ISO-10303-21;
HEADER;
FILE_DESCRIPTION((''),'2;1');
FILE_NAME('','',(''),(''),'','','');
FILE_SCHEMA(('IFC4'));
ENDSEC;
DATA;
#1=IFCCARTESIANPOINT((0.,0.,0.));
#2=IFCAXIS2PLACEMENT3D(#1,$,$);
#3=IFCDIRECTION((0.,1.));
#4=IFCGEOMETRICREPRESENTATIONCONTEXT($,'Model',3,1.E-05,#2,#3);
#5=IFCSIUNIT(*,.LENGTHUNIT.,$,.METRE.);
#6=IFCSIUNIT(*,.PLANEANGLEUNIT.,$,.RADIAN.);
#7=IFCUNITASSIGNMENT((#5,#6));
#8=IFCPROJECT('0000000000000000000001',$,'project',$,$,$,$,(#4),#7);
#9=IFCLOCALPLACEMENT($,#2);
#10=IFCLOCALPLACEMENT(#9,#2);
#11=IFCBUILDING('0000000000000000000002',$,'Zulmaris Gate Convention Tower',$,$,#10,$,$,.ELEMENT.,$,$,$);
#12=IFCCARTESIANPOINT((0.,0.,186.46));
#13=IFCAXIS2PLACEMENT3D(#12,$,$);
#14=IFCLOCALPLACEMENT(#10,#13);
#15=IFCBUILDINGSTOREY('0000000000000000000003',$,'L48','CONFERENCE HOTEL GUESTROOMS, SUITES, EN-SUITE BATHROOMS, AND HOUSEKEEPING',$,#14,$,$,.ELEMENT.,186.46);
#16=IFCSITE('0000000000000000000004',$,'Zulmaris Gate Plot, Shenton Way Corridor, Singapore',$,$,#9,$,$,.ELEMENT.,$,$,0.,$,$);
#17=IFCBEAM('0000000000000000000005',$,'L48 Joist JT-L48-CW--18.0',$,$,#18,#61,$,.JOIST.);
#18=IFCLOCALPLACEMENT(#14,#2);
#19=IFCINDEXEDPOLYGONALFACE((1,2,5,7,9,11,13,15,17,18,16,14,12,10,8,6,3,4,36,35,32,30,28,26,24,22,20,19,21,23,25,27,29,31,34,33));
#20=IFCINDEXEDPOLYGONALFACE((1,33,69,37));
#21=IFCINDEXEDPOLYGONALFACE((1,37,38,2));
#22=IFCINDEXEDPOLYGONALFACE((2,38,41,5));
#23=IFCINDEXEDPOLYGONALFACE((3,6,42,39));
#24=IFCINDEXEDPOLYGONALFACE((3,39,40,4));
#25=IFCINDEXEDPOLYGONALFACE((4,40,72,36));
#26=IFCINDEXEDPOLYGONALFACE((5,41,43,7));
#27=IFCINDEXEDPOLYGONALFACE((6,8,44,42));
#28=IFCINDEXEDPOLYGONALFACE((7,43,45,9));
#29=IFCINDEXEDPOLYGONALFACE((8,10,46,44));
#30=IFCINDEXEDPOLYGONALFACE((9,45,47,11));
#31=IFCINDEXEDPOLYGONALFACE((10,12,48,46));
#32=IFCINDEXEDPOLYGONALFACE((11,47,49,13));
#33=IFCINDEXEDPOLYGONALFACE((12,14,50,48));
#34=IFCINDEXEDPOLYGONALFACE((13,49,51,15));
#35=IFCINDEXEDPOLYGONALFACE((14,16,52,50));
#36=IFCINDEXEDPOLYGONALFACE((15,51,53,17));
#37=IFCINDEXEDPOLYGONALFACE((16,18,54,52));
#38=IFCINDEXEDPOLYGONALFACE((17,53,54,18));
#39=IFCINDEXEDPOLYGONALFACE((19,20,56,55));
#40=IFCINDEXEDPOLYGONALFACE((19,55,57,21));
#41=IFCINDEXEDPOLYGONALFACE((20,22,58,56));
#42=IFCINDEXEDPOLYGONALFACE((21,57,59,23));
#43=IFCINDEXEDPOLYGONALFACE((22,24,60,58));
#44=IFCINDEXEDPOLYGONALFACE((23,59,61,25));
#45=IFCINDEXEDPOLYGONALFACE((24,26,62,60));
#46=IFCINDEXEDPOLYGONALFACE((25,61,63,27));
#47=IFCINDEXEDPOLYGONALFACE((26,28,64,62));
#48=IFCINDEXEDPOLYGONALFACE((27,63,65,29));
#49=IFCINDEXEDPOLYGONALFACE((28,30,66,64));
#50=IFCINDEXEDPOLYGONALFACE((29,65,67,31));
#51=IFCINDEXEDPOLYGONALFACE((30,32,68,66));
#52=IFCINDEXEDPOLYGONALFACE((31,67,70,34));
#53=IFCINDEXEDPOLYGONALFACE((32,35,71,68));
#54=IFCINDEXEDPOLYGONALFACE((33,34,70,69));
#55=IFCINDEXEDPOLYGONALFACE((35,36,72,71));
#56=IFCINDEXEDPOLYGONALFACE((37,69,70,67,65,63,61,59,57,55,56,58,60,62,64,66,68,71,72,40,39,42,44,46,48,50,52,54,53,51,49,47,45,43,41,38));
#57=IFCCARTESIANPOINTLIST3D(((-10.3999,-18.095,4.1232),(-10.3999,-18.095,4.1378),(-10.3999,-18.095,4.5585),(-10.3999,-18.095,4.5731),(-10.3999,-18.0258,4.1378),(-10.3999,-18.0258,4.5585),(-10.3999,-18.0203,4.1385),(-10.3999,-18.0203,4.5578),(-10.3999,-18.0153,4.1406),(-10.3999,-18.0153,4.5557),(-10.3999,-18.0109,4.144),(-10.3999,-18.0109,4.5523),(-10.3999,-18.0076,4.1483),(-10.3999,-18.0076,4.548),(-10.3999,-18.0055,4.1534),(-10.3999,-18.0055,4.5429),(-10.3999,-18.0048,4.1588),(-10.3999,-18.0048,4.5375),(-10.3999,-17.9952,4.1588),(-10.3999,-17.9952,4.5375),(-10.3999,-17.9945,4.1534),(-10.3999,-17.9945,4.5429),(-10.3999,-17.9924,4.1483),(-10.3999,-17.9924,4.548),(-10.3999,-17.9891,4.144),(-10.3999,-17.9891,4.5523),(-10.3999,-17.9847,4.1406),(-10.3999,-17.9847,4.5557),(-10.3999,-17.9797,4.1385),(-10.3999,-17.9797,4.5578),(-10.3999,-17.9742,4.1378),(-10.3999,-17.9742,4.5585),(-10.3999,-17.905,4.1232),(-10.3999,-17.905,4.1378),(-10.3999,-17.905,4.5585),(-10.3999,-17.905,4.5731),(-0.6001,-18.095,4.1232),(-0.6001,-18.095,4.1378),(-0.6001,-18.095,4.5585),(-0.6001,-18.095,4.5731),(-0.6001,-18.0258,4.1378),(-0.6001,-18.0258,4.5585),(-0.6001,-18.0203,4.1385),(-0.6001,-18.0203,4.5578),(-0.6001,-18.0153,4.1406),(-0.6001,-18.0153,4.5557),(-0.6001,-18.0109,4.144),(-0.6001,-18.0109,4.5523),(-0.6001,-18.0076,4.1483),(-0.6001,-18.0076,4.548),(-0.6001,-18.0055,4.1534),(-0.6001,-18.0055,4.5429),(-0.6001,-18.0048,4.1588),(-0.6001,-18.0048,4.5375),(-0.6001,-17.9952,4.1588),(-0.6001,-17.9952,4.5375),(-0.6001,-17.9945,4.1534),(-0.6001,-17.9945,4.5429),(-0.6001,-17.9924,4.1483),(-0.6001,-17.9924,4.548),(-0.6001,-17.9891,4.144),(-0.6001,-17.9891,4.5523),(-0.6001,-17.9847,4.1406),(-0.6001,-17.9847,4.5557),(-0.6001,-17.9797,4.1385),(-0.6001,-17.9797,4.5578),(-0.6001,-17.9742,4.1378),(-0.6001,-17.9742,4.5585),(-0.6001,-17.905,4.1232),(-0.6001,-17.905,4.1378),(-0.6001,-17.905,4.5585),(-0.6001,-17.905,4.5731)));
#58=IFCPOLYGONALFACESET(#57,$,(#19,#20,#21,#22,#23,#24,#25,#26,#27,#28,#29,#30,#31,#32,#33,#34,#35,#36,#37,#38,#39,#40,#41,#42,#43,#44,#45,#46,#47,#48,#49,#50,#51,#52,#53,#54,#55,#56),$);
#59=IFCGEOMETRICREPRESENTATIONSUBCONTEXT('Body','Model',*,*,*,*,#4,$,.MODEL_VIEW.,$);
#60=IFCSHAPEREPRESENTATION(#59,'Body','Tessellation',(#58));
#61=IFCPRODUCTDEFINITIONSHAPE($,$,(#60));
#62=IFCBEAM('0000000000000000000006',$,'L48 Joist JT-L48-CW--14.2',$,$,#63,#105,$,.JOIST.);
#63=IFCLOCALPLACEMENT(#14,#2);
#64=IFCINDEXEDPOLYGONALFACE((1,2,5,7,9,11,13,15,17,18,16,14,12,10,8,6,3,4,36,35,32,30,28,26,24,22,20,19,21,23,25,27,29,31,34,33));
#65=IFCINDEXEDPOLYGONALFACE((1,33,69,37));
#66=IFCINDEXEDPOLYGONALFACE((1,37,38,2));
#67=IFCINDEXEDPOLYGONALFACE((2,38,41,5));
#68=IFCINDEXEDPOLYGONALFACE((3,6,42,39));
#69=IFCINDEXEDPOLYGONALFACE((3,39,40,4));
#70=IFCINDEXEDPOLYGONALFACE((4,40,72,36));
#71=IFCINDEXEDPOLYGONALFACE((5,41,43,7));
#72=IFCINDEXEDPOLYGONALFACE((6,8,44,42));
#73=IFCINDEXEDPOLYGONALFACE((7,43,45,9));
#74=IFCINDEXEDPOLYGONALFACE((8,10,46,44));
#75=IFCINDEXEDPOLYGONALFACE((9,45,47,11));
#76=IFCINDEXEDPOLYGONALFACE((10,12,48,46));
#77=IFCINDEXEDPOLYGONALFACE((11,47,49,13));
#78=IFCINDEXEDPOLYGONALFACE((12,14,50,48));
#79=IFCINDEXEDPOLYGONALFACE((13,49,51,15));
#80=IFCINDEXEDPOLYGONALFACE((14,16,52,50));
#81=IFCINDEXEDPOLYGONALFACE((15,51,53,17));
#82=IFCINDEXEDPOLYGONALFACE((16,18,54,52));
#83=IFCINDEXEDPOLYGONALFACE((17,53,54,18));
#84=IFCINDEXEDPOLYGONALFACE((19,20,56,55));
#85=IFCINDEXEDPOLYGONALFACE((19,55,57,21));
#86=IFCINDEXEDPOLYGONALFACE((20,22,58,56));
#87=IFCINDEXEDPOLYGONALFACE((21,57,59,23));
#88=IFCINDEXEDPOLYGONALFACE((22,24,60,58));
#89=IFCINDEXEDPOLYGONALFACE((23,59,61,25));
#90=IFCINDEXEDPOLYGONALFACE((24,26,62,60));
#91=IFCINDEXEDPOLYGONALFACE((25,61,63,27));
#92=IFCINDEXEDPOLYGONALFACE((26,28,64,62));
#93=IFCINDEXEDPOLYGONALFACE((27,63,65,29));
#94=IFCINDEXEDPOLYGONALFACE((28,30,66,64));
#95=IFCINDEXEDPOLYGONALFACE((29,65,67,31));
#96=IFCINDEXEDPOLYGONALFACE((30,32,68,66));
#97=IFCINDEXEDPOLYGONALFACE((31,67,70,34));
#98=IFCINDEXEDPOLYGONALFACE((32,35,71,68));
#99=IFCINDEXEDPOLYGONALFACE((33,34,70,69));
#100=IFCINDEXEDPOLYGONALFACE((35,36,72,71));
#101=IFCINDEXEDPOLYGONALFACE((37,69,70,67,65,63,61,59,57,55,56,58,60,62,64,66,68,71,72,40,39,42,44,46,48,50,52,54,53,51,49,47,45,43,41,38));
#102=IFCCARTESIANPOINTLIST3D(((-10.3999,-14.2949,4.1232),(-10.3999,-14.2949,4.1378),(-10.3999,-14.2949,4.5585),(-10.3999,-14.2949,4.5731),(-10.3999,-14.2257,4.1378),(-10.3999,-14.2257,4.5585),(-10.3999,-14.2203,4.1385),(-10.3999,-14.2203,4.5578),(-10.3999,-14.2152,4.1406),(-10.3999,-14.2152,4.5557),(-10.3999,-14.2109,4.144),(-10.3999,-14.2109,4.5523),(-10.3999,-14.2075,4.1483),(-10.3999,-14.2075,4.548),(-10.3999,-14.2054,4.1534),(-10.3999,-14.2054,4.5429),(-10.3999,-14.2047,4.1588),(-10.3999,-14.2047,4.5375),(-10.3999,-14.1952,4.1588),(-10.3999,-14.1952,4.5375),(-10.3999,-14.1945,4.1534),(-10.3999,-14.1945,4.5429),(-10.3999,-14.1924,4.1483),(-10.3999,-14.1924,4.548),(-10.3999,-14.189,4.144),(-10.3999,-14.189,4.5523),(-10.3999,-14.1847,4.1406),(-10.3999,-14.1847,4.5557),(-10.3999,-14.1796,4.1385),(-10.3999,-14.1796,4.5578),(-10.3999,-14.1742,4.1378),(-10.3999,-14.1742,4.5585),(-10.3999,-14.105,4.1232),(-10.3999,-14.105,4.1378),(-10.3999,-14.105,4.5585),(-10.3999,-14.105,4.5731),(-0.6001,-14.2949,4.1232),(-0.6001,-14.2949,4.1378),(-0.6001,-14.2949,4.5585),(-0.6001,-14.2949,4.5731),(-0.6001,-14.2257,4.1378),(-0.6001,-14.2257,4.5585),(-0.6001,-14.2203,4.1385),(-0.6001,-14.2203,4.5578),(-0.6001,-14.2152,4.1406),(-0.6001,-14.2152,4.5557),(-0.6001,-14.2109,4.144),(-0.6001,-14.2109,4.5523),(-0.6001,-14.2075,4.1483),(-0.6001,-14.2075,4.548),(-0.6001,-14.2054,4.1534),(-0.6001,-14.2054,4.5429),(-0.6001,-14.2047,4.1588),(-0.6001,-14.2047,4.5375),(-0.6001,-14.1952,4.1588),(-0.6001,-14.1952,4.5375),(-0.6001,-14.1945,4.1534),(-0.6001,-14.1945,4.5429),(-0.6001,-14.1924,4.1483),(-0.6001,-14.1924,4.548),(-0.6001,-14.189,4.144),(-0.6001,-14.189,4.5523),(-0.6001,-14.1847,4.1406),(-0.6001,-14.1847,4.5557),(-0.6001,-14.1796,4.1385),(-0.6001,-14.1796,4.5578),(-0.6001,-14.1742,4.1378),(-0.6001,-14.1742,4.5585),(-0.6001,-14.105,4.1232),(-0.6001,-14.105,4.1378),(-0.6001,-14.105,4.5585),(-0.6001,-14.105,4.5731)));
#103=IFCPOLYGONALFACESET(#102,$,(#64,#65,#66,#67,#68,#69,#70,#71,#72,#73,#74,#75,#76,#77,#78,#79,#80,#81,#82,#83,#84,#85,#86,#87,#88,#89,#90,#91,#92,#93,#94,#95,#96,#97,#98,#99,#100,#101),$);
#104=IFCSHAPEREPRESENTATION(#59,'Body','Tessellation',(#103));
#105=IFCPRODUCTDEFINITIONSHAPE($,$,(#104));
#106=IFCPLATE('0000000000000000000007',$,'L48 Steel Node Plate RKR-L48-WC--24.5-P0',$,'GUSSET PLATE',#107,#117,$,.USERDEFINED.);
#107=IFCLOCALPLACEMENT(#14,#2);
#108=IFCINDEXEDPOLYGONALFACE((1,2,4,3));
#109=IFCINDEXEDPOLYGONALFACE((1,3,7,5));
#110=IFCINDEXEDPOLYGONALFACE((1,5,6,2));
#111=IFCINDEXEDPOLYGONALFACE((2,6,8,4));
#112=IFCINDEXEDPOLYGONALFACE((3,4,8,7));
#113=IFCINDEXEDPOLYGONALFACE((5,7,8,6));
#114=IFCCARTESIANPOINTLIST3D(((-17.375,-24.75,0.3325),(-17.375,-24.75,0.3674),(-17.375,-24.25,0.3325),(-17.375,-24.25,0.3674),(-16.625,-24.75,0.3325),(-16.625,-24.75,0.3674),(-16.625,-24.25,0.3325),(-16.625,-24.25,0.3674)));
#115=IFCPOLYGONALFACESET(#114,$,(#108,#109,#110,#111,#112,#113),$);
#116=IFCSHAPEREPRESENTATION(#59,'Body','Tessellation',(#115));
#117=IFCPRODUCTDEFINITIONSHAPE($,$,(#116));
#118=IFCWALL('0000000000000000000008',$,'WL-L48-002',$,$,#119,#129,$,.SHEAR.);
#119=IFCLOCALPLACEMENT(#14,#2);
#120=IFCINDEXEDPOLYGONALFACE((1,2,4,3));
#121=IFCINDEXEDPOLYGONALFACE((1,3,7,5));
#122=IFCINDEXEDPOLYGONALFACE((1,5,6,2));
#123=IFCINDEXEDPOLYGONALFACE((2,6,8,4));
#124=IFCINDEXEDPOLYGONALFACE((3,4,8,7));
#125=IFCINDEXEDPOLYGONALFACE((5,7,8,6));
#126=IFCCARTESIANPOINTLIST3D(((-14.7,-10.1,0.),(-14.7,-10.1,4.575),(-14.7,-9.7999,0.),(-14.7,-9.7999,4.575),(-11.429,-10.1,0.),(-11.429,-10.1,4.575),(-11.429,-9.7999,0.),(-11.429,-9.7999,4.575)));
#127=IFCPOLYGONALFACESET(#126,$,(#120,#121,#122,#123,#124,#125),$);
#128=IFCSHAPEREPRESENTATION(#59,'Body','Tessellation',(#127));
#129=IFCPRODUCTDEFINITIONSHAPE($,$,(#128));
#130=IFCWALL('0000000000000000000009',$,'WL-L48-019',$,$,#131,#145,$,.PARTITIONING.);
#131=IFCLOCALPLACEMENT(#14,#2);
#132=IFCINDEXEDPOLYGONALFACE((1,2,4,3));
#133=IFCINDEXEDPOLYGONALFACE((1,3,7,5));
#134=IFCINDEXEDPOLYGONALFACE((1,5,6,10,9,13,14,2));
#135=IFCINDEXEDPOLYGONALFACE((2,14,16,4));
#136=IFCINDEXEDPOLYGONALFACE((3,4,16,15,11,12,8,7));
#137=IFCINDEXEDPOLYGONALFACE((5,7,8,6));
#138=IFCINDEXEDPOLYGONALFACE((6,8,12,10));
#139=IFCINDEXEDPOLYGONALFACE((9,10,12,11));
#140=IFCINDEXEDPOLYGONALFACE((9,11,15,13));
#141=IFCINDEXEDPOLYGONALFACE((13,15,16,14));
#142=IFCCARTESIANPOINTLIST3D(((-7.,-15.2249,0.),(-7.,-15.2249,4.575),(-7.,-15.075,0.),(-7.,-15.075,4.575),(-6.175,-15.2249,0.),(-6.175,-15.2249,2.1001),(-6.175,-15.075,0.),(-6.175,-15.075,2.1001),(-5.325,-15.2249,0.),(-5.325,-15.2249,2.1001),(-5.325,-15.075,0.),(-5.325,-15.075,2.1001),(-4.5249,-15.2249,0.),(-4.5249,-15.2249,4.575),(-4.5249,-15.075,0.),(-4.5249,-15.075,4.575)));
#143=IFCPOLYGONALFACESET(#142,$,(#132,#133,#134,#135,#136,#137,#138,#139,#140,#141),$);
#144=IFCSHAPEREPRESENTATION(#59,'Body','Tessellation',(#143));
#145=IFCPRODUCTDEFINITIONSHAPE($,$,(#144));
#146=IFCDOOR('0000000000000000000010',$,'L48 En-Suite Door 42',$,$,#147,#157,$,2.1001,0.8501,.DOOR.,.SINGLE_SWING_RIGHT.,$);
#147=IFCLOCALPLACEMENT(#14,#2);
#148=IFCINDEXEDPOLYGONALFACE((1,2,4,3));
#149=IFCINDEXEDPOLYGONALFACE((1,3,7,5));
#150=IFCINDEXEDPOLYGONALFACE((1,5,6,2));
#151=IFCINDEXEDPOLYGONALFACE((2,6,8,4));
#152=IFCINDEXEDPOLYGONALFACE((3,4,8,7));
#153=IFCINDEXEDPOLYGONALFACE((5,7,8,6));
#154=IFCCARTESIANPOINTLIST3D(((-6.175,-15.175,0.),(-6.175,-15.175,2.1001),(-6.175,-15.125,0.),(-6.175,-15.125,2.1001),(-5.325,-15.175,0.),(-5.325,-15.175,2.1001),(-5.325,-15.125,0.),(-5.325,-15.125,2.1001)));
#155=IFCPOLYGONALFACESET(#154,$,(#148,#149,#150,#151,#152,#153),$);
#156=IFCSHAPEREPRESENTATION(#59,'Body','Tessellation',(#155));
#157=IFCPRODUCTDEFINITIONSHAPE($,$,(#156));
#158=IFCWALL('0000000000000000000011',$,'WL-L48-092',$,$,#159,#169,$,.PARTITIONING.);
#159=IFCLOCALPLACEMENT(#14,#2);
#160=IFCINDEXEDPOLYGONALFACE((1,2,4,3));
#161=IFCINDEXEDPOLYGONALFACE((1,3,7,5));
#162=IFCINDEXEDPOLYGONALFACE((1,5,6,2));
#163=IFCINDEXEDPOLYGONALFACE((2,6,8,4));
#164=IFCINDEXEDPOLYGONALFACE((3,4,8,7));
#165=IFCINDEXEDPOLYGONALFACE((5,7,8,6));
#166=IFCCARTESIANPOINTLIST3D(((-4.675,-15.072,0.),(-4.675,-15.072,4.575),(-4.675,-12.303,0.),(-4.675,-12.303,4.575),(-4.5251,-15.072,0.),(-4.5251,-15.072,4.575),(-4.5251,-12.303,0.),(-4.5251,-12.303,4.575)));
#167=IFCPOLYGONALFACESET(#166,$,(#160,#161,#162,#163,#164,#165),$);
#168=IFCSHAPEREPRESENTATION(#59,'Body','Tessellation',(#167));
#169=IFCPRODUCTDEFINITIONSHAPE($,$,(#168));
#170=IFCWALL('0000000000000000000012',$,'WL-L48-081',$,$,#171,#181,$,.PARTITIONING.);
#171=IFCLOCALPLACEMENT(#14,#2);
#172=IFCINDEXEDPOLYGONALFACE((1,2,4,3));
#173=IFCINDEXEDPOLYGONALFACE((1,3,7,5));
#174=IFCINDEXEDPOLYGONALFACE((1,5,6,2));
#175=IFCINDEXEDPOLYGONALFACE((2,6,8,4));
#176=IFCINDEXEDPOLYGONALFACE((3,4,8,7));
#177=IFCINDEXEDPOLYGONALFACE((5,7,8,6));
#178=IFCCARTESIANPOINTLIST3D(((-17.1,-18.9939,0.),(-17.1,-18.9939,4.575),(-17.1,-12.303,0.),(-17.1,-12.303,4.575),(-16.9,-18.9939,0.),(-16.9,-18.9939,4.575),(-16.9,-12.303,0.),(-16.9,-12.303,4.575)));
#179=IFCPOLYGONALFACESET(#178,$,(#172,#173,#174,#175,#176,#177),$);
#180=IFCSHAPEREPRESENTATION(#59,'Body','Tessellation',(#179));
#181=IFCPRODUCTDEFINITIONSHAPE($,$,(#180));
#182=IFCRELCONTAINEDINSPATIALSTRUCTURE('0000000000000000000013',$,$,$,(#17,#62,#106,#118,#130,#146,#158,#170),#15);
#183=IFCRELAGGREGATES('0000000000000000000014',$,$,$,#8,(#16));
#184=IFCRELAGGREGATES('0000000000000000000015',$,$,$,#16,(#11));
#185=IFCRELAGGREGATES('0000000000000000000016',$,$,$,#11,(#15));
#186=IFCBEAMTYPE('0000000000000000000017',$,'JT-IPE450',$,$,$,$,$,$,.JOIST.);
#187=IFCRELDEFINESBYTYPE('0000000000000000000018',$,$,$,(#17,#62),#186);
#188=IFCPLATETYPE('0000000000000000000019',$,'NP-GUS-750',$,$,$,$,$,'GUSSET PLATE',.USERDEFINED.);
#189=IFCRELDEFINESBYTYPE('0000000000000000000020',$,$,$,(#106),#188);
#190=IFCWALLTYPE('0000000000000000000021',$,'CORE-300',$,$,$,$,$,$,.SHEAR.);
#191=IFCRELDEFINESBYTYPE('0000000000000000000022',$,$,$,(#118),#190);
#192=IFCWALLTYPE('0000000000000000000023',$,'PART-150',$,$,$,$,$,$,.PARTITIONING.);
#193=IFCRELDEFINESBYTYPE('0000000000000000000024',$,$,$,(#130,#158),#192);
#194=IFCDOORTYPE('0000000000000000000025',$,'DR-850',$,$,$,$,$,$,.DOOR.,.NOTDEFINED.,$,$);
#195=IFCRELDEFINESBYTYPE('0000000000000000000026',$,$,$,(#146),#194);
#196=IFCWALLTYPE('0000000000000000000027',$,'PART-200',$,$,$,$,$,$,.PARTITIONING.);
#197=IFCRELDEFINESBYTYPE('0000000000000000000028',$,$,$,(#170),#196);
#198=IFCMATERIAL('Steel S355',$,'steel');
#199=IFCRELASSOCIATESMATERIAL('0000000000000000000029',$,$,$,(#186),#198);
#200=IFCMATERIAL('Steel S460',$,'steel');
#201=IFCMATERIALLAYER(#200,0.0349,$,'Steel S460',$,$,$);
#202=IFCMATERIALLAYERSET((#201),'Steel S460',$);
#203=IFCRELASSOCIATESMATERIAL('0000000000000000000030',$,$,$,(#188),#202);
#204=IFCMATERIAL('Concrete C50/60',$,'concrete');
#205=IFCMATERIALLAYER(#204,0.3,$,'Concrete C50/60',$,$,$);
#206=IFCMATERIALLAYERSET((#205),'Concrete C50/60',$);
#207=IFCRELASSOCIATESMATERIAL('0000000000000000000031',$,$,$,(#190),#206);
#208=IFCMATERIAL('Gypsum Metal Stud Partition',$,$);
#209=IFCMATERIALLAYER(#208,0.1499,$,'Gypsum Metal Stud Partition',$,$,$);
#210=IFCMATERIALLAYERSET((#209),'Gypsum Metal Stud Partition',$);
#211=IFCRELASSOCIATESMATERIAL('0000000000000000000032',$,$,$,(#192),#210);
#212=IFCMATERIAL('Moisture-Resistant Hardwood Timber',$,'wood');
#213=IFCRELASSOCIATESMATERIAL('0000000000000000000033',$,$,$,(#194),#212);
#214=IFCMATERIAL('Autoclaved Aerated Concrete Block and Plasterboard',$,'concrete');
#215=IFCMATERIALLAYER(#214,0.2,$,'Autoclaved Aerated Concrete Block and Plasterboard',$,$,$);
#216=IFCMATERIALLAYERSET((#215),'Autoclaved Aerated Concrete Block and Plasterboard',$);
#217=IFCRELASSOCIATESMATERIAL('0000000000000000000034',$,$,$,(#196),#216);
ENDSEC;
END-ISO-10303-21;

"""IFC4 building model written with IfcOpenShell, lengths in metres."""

from ifc_helpers import new_model, si_unit, direction, frame, frame_2d, origin, origin_2d, place, context, subcontext, project, spatial, rectangle, i_section, extrude, material, layer, layer_set, material_profile, profile_set, type_object, element, fill, save


model = new_model("IFC4")

# Units and contexts
model_context = context("Model", 3, precision=1e-05, world=origin(), true_north=direction((0.0, 1.0)))
body_context = subcontext(model_context, "Body", "Model", "MODEL_VIEW")
ifc_project = project(units=[si_unit("LENGTHUNIT", "METRE"), si_unit("PLANEANGLEUNIT", "RADIAN")], contexts=[model_context])

# Site, building, storey
site_placement = place(None, origin())
site = spatial("IfcSite", under=ifc_project, at=site_placement, Name="Zulmaris Gate Plot, Shenton Way Corridor, Singapore", CompositionType="ELEMENT", RefElevation=0.0)
building_placement = place(site_placement, origin())
building = spatial("IfcBuilding", under=site, at=building_placement, Name="Zulmaris Gate Convention Tower", CompositionType="ELEMENT")
storey_placement = place(building_placement, frame((0.0, 0.0, 186.46)))
storey = spatial("IfcBuildingStorey", under=building, at=storey_placement, Name="L48", Description="CONFERENCE HOTEL GUESTROOMS, SUITES, EN-SUITE BATHROOMS, AND HOUSEKEEPING", CompositionType="ELEMENT", Elevation=186.46)

# Shared definitions
ifc_material_1 = material(Name="Steel S460", Category="steel")

# Beams
ifc_material_2 = material(Name="Steel S355", Category="steel")
ifc_material_profile_1 = material_profile(ifc_material_2, i_section(OverallWidth=0.1899, OverallDepth=0.45, WebThickness=0.0095, FlangeThickness=0.0146, FilletRadius=0.021, at=origin_2d()), Name="IPE 450")
ifc_profile_set_1 = profile_set([ifc_material_profile_1], Name="Steel S355")
beam_type_1 = type_object("IfcBeamType", Name="JT-IPE450", PredefinedType="JOIST", material=ifc_profile_set_1)
for number, where, z_axis, x_axis, name in (
    (1, (-10.3999, -18.0, 4.3481), (1.0, 0.0, 0.0), (0.0, 1.0, 0.0), "L48 Joist JT-L48-CW--18.0"),
    (2, (-10.3999, -14.2, 4.3481), (1.0, 0.0, 0.0), (0.0, 1.0, 0.0), "L48 Joist JT-L48-CW--14.2"),
):
    element("IfcBeam", number, at=place(storey_placement, frame(where, z_axis=z_axis, x_axis=x_axis)), inside=storey, type_object=beam_type_1, Name=name, PredefinedType="JOIST", context=body_context, shape_type="SweptSolid", body=[
        extrude(i_section(OverallWidth=0.1899, OverallDepth=0.45, WebThickness=0.0095, FlangeThickness=0.0146, FilletRadius=0.021, at=origin_2d()), origin(), (0.0, 0.0, 1.0), 9.7998),
    ])

# Plate
ifc_layer_1 = layer(ifc_material_1, 0.0349, Name="Steel S460")
ifc_layer_set_1 = layer_set([ifc_layer_1], Name="Steel S460")
plate_type = type_object("IfcPlateType", Name="NP-GUS-750", ElementType="GUSSET PLATE", PredefinedType="USERDEFINED", material=ifc_layer_set_1)
plate_placement = place(storey_placement, frame((-17.0, -24.5, 0.3325), z_axis=(0.0, 0.0, 1.0), x_axis=(1.0, 0.0, 0.0)))
element("IfcPlate", 3, at=plate_placement, inside=storey, type_object=plate_type, Name="L48 Steel Node Plate RKR-L48-WC--24.5-P0", ObjectType="GUSSET PLATE", PredefinedType="USERDEFINED", context=body_context, shape_type="SweptSolid", body=[
    extrude(rectangle(XDim=0.75, YDim=0.5, at=origin_2d()), origin(), (0.0, 0.0, 1.0), 0.0349),
])

# Wall
ifc_material_3 = material(Name="Concrete C50/60", Category="concrete")
ifc_layer_2 = layer(ifc_material_3, 0.3, Name="Concrete C50/60")
ifc_layer_set_2 = layer_set([ifc_layer_2], Name="Concrete C50/60")
wall_type_1 = type_object("IfcWallType", Name="CORE-300", PredefinedType="SHEAR", material=ifc_layer_set_2)
wall_1_placement = place(storey_placement, frame((-14.7, -9.95, 0.0), z_axis=(0.0, 0.0, 1.0), x_axis=(1.0, 0.0, 0.0)))
element("IfcWall", 4, at=wall_1_placement, inside=storey, type_object=wall_type_1, Name="WL-L48-002", PredefinedType="SHEAR", context=body_context, shape_type="SweptSolid", body=[
    extrude(rectangle(XDim=3.271, YDim=0.3, at=frame_2d((1.6355, 0.0))), origin(), (0.0, 0.0, 1.0), 4.575),
])

# Wall, opening, door
ifc_material_4 = material(Name="Gypsum Metal Stud Partition")
ifc_layer_3 = layer(ifc_material_4, 0.1499, Name="Gypsum Metal Stud Partition")
ifc_layer_set_3 = layer_set([ifc_layer_3], Name="Gypsum Metal Stud Partition")
wall_type_2 = type_object("IfcWallType", Name="PART-150", PredefinedType="PARTITIONING", material=ifc_layer_set_3)
wall_2_placement = place(storey_placement, frame((-7.0, -15.1499, 0.0), z_axis=(0.0, 0.0, 1.0), x_axis=(1.0, 0.0, 0.0)))
wall_2 = element("IfcWall", 5, at=wall_2_placement, inside=storey, type_object=wall_type_2, Name="WL-L48-019", PredefinedType="PARTITIONING", context=body_context, shape_type="SweptSolid", body=[
    extrude(rectangle(XDim=2.4751, YDim=0.1499, at=frame_2d((1.2375, 0.0))), origin(), (0.0, 0.0, 1.0), 4.575),
])
opening_1_placement = place(wall_2_placement, frame((0.825, 0.0, 0.0)))
opening_1 = element("IfcOpeningElement", 6, at=opening_1_placement, cuts=wall_2, PredefinedType="OPENING", context=body_context, shape_type="SweptSolid", body=[
    extrude(rectangle(XDim=0.8501, YDim=2.1001, at=frame_2d((0.425, 1.05))), frame((0.0, 0.085, 0.0), z_axis=(0.0, -1.0, 0.0), x_axis=(1.0, 0.0, 0.0)), (0.0, 0.0, 1.0), 0.1699),
])
ifc_material_5 = material(Name="Moisture-Resistant Hardwood Timber", Category="wood")
door_type = type_object("IfcDoorType", Name="DR-850", OperationType="NOTDEFINED", PredefinedType="DOOR", material=ifc_material_5)
door_placement = place(opening_1_placement, origin())
door = element("IfcDoor", 7, at=door_placement, inside=storey, type_object=door_type, Name="L48 En-Suite Door 42", OperationType="SINGLE_SWING_RIGHT", OverallHeight=2.1001, OverallWidth=0.8501, PredefinedType="DOOR", context=body_context, shape_type="SweptSolid", body=[
    extrude(rectangle(XDim=0.8501, YDim=2.1001, at=frame_2d((0.425, 1.05))), frame((0.0, 0.0249, 0.0), z_axis=(0.0, -1.0, 0.0), x_axis=(1.0, 0.0, 0.0)), (0.0, 0.0, 1.0), 0.05),
])
fill(opening_1, door)

# Walls
wall_3_placement = place(storey_placement, frame((-4.6001, -15.072, 0.0), z_axis=(0.0, 0.0, 1.0), x_axis=(0.0, 1.0, 0.0)))
element("IfcWall", 8, at=wall_3_placement, inside=storey, type_object=wall_type_2, Name="WL-L48-092", PredefinedType="PARTITIONING", context=body_context, shape_type="SweptSolid", body=[
    extrude(rectangle(XDim=2.769, YDim=0.1499, at=frame_2d((1.3845, 0.0))), origin(), (0.0, 0.0, 1.0), 4.575),
])
ifc_material_6 = material(Name="Autoclaved Aerated Concrete Block and Plasterboard", Category="concrete")
ifc_layer_4 = layer(ifc_material_6, 0.2, Name="Autoclaved Aerated Concrete Block and Plasterboard")
ifc_layer_set_4 = layer_set([ifc_layer_4], Name="Autoclaved Aerated Concrete Block and Plasterboard")
wall_type_3 = type_object("IfcWallType", Name="PART-200", PredefinedType="PARTITIONING", material=ifc_layer_set_4)
wall_4_placement = place(storey_placement, frame((-17.0, -18.9939, 0.0), z_axis=(0.0, 0.0, 1.0), x_axis=(0.0, 1.0, 0.0)))
element("IfcWall", 9, at=wall_4_placement, inside=storey, type_object=wall_type_3, Name="WL-L48-081", PredefinedType="PARTITIONING", context=body_context, shape_type="SweptSolid", body=[
    extrude(rectangle(XDim=6.6909, YDim=0.2, at=frame_2d((3.3455, 0.0))), origin(), (0.0, 0.0, 1.0), 4.575),
])

save(model, "model.ifc")
